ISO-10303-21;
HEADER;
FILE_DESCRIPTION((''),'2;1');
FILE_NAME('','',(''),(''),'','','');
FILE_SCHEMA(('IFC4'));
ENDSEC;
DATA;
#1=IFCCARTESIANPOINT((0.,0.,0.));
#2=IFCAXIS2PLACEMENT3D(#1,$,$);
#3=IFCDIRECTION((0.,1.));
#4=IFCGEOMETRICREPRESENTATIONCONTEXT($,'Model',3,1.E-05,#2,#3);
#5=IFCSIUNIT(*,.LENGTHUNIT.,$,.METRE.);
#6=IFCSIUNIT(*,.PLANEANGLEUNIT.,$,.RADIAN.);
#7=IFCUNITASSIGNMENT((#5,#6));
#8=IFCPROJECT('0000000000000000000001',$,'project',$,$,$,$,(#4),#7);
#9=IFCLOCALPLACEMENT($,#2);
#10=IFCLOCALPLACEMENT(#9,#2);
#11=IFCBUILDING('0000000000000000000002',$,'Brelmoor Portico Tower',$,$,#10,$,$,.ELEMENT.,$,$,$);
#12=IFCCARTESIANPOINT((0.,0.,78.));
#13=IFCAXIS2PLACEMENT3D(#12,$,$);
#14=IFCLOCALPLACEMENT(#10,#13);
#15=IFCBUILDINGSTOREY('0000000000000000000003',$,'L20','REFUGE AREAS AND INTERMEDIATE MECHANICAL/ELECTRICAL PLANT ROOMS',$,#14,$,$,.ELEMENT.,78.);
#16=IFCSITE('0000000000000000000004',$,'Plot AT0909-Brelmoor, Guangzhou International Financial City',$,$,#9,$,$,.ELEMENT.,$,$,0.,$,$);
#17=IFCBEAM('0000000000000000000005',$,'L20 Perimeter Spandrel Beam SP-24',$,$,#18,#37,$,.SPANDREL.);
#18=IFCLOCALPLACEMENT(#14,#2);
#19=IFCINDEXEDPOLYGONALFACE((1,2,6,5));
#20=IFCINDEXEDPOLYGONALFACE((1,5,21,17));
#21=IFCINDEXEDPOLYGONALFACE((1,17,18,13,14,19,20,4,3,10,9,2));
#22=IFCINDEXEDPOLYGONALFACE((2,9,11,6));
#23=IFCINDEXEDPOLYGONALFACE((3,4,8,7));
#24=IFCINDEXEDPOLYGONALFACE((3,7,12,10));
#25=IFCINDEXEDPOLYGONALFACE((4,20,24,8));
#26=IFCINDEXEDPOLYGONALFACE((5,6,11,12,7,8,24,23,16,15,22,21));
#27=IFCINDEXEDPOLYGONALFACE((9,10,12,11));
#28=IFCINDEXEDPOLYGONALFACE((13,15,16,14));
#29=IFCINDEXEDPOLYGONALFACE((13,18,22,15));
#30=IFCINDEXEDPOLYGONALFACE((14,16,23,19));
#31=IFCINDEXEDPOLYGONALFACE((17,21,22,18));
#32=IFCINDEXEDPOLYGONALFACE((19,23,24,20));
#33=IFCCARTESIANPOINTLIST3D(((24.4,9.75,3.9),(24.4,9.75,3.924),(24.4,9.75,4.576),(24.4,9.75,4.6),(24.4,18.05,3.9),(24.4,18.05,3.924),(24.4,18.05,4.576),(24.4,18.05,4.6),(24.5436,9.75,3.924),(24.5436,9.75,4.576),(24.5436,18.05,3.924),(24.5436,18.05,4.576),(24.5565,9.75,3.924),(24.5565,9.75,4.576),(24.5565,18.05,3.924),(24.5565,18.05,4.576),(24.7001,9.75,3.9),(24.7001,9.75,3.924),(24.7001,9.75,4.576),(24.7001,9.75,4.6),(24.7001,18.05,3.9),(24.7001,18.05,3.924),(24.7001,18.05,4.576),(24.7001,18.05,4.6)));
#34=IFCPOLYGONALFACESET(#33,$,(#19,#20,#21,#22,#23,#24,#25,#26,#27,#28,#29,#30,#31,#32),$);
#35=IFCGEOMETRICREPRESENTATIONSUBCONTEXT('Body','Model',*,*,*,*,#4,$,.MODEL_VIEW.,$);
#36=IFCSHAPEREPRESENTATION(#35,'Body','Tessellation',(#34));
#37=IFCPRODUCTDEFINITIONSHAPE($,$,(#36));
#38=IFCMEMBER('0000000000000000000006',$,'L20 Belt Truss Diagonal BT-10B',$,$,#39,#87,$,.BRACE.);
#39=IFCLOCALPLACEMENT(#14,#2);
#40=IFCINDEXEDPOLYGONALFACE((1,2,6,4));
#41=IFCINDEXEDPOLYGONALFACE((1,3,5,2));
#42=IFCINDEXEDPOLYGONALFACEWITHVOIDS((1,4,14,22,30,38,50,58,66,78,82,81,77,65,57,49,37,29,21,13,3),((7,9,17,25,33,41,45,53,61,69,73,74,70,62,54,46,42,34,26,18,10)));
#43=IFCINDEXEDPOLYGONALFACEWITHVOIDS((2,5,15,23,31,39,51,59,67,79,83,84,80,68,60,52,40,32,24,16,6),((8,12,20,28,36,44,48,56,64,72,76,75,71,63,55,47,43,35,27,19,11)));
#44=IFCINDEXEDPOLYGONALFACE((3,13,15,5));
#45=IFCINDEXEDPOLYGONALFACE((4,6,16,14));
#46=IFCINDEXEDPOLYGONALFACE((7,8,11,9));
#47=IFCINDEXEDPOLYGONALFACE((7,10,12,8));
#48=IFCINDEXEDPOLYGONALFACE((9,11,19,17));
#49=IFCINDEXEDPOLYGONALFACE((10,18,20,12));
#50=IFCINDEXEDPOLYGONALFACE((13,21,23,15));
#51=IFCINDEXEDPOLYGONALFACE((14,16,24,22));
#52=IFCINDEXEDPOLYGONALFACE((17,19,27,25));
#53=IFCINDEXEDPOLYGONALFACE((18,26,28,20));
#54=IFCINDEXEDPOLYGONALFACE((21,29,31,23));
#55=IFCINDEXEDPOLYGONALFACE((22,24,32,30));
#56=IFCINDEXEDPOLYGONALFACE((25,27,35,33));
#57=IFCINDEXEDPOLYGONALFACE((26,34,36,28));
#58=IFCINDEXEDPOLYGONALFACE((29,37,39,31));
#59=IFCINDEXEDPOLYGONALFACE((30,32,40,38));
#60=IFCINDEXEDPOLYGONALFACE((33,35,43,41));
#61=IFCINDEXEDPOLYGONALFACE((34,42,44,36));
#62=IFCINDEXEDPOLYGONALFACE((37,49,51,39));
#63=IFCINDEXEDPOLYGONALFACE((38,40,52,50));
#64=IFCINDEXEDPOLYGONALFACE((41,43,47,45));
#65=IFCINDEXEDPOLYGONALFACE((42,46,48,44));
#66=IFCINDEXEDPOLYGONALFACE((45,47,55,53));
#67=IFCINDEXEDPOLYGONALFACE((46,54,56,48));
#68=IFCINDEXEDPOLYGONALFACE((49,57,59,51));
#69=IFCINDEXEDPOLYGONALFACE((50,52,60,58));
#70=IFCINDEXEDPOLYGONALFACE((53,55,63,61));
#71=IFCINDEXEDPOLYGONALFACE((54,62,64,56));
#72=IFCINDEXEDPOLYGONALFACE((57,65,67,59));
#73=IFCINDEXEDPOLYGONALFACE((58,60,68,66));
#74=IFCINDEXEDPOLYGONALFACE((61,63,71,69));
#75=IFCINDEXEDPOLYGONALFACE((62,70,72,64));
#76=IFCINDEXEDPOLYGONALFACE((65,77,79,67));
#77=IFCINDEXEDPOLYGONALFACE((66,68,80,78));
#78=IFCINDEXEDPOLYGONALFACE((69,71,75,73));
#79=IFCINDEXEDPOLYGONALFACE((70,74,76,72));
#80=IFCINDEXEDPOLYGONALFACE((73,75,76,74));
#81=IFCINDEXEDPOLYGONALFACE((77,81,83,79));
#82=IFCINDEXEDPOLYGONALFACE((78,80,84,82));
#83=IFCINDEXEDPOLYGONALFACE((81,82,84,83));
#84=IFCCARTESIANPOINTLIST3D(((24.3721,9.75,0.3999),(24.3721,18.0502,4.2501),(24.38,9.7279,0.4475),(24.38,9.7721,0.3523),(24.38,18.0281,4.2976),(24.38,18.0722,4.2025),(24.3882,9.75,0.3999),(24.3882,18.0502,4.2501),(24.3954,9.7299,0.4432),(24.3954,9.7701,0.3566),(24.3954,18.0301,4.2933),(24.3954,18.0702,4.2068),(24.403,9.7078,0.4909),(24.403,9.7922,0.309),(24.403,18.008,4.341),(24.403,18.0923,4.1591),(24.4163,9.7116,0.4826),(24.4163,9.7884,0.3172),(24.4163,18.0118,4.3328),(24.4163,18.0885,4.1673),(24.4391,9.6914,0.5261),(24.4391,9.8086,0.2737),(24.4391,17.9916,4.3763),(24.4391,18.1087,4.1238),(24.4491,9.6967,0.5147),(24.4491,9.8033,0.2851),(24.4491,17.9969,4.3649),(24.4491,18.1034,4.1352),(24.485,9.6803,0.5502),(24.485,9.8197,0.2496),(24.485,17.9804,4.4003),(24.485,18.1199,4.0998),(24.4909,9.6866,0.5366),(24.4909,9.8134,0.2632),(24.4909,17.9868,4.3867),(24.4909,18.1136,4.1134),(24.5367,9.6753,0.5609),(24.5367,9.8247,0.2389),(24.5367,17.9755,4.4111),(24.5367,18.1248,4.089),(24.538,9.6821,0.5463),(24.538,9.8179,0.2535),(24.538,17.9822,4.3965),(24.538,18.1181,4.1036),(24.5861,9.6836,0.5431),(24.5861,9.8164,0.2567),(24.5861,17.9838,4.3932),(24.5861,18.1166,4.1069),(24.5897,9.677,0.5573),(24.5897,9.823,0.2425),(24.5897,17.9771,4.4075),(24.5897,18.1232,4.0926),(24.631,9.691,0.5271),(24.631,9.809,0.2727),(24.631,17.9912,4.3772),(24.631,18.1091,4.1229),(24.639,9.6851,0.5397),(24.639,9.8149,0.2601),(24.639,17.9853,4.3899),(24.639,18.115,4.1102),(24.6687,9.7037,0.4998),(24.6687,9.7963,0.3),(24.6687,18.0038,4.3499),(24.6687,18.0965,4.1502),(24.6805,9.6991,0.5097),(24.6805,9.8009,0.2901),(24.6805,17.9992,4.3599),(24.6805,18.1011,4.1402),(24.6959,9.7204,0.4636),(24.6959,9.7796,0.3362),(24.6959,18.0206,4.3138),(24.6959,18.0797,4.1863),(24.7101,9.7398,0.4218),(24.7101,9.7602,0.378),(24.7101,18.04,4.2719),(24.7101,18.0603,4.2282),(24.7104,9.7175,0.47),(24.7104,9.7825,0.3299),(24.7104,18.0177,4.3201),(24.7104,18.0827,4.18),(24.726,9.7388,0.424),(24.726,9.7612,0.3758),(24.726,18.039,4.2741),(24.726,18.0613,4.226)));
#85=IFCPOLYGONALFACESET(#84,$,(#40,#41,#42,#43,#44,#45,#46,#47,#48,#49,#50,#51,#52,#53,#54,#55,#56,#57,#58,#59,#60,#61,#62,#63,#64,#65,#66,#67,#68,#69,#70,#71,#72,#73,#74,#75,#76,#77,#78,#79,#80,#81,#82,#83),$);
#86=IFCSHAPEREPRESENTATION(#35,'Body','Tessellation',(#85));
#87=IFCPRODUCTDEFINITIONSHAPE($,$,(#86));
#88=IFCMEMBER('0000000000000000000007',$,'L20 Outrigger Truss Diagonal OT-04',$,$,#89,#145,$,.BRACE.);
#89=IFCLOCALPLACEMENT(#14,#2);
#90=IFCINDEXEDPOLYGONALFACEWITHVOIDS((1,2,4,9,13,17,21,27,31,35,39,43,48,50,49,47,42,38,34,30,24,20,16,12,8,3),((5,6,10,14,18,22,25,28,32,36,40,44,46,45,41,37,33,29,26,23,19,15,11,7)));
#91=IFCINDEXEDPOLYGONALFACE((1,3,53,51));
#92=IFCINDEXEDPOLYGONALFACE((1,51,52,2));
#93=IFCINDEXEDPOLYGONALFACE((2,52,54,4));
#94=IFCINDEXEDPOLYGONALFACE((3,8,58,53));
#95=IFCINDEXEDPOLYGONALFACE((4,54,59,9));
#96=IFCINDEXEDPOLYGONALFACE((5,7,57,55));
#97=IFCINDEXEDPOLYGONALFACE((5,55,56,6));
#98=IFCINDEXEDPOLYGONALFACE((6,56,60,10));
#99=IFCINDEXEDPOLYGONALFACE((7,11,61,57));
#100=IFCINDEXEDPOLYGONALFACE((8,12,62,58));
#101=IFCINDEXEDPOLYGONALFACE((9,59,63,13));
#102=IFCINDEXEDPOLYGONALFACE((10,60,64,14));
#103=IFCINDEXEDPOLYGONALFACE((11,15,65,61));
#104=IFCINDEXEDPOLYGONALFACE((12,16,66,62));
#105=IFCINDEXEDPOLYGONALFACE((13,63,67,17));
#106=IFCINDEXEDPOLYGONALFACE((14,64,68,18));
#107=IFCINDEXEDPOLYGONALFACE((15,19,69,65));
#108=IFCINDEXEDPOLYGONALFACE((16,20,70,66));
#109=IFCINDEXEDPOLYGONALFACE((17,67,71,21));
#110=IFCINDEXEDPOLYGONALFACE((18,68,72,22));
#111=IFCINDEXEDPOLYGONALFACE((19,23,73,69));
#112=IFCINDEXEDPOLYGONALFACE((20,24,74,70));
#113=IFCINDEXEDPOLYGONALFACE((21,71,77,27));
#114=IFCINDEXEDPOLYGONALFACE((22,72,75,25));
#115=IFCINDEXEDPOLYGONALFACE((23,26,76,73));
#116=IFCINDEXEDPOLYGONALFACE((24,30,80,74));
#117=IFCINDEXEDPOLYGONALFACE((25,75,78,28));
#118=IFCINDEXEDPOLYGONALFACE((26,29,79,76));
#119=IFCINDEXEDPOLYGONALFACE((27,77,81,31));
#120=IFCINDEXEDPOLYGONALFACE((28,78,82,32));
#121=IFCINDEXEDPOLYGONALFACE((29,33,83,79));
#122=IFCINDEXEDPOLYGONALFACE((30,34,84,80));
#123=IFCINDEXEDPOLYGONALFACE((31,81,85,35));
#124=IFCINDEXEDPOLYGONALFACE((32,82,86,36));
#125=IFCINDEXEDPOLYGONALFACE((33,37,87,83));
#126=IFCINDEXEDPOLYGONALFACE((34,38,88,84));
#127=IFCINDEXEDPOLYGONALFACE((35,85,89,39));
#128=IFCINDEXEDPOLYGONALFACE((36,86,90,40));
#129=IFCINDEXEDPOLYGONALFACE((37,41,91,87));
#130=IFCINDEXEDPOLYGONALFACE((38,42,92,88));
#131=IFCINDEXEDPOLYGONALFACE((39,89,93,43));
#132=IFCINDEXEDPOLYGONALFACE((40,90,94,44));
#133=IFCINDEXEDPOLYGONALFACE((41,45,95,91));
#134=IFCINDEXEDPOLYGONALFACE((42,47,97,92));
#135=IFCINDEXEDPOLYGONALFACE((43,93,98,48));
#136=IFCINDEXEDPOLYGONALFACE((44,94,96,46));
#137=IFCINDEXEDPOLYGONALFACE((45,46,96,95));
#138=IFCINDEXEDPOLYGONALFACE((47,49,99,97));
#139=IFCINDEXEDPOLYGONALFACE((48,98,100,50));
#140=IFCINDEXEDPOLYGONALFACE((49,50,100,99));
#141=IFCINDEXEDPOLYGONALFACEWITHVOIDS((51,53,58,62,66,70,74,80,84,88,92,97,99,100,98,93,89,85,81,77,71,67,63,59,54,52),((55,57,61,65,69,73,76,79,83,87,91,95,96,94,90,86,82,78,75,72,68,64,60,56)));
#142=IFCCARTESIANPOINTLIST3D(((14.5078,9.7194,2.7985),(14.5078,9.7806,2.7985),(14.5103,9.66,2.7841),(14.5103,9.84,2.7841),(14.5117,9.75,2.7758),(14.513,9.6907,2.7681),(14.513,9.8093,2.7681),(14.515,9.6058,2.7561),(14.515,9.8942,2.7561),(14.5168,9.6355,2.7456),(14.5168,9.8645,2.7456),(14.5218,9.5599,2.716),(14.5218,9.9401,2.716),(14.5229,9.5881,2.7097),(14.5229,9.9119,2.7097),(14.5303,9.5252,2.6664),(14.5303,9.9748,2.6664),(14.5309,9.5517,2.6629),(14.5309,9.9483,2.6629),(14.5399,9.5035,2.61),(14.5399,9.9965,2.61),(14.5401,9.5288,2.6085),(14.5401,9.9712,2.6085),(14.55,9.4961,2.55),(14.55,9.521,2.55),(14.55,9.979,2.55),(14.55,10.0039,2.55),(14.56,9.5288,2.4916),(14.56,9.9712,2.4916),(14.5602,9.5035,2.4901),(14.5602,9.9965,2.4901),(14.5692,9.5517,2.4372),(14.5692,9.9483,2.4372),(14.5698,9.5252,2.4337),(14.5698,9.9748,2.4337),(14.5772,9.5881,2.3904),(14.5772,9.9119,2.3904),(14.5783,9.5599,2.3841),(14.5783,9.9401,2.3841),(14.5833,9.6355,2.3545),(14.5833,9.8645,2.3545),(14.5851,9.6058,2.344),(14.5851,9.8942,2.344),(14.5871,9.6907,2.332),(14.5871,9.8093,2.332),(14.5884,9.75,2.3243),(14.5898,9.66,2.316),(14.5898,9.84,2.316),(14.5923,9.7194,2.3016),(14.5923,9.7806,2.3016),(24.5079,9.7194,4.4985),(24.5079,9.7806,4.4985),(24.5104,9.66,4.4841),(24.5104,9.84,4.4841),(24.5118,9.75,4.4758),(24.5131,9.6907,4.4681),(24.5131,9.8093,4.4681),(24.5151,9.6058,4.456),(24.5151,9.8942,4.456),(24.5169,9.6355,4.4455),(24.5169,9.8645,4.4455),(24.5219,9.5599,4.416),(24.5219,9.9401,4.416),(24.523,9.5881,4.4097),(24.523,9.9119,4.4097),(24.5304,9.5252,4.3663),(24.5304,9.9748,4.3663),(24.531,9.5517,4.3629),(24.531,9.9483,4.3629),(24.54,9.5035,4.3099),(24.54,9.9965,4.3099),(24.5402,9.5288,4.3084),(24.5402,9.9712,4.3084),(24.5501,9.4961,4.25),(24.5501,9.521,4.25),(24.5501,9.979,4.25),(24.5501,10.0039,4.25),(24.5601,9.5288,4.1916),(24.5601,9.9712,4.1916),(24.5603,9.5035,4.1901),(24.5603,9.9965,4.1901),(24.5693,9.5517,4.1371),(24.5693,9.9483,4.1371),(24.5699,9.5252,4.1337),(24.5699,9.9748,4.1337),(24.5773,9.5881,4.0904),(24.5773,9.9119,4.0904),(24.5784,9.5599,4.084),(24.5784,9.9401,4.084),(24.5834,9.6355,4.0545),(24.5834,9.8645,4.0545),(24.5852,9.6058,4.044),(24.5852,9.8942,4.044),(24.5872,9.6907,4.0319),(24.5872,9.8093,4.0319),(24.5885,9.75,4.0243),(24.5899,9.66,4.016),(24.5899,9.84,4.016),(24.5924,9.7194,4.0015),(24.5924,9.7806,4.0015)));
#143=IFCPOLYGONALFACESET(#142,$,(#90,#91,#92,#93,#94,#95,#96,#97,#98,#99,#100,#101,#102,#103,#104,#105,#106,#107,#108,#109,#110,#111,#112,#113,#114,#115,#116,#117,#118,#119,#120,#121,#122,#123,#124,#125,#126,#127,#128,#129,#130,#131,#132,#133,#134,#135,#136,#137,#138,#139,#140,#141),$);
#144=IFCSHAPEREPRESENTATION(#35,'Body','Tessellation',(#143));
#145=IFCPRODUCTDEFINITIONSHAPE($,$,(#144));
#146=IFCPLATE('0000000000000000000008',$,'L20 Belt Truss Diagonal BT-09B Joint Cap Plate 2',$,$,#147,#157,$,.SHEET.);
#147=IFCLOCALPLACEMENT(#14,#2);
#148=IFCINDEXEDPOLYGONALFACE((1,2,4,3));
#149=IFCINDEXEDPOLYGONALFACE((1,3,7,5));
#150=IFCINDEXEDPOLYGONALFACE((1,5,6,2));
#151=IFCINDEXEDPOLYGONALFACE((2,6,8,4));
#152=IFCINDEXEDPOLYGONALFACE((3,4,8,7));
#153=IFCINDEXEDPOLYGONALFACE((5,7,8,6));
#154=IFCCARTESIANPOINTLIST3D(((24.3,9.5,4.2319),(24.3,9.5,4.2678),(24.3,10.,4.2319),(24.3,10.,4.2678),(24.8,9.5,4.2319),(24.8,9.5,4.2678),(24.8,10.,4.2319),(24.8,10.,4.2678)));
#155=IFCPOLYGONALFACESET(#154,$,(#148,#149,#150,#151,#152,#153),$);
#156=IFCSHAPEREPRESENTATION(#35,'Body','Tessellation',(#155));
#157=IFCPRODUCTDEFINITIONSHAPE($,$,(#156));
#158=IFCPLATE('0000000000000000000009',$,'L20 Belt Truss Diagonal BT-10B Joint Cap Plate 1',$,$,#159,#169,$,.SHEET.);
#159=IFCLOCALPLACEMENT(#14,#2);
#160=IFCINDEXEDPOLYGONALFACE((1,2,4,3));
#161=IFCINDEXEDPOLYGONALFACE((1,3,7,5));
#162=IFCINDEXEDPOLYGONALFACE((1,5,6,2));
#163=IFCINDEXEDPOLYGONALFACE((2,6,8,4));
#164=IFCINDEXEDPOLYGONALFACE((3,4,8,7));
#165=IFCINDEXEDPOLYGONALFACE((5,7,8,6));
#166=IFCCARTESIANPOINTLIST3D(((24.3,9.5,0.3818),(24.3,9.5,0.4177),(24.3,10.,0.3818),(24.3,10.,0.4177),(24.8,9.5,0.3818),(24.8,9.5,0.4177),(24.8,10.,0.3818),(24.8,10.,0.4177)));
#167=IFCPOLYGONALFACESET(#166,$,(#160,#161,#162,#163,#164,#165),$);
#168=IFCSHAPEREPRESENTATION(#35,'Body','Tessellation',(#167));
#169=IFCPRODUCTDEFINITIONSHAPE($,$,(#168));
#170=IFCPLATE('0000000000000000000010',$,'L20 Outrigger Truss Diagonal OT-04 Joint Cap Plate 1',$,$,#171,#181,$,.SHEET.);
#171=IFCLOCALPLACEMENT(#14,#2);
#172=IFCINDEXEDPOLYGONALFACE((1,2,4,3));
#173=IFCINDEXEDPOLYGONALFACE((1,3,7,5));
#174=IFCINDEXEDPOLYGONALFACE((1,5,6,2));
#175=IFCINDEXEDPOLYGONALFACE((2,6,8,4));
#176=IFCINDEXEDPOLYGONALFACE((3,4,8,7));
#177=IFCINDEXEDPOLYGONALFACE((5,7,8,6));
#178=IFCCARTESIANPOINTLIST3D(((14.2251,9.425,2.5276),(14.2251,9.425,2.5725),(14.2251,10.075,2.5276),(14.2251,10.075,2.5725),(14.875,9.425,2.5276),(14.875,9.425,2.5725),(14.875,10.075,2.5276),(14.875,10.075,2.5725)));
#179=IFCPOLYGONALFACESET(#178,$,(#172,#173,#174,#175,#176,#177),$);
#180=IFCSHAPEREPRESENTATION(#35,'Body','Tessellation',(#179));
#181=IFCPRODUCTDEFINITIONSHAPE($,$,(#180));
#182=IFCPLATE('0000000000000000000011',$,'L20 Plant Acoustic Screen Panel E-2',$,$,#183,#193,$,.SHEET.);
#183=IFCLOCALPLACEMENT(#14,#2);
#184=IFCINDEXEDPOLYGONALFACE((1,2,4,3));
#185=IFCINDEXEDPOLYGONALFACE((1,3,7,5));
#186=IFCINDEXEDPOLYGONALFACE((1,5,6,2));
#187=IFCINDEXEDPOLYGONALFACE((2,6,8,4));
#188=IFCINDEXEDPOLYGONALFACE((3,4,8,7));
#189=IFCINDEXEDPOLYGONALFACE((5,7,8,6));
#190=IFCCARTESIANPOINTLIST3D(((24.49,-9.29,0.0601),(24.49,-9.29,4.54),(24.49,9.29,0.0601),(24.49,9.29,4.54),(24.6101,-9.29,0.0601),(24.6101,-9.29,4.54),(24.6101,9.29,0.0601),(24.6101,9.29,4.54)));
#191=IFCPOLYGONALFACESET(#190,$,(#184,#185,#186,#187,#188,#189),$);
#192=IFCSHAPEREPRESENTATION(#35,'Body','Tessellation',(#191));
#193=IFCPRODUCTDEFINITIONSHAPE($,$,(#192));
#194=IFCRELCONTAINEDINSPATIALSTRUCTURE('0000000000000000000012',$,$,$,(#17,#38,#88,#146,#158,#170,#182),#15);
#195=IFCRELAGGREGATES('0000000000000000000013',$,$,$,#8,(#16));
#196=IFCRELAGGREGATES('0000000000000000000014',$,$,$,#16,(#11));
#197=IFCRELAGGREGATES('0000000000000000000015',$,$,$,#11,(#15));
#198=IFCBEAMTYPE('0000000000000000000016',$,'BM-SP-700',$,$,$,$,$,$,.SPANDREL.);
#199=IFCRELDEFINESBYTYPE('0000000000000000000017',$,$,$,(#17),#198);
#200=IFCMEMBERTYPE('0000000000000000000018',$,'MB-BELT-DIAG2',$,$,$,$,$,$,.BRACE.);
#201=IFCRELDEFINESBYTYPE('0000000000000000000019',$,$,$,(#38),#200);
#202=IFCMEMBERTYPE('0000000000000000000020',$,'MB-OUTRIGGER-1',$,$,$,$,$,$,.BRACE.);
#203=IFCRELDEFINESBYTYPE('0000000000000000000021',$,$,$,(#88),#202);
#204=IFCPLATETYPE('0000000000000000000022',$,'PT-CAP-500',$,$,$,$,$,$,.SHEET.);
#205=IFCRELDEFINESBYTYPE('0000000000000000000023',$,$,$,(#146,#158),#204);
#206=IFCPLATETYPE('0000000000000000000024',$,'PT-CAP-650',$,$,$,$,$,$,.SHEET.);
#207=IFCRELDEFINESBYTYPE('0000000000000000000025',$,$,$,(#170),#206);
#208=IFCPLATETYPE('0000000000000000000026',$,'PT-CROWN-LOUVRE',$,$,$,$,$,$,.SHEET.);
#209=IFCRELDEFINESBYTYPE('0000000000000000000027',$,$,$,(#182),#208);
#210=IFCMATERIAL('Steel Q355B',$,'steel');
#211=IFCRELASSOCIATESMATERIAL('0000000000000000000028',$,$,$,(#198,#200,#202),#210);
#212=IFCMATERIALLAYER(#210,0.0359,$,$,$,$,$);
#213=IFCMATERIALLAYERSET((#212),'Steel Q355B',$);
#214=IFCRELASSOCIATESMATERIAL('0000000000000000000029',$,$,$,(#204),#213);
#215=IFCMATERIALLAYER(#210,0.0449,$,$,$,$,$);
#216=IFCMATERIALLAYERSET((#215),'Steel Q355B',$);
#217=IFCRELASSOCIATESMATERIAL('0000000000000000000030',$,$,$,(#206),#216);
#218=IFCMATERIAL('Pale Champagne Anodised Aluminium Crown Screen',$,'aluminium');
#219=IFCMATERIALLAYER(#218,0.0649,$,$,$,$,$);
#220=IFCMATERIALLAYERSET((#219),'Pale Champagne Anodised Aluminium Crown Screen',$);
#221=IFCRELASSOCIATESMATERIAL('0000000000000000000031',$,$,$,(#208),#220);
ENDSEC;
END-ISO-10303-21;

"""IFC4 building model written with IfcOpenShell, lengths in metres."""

from ifc_helpers import new_model, si_unit, direction, frame, origin, origin_2d, place, context, subcontext, project, spatial, rectangle, hollow_circle, i_section, extrude, material, layer, layer_set, material_profile, profile_set, type_object, element, save


model = new_model("IFC4")

# Units and contexts
model_context = context("Model", 3, precision=1e-05, world=origin(), true_north=direction((0.0, 1.0)))
body_context = subcontext(model_context, "Body", "Model", "MODEL_VIEW")
ifc_project = project(units=[si_unit("LENGTHUNIT", "METRE"), si_unit("PLANEANGLEUNIT", "RADIAN")], contexts=[model_context])

# Site, building, storey
site_placement = place(None, origin())
site = spatial("IfcSite", under=ifc_project, at=site_placement, Name="Plot AT0909-Brelmoor, Guangzhou International Financial City", CompositionType="ELEMENT", RefElevation=0.0)
building_placement = place(site_placement, origin())
building = spatial("IfcBuilding", under=site, at=building_placement, Name="Brelmoor Portico Tower", CompositionType="ELEMENT")
storey_placement = place(building_placement, frame((0.0, 0.0, 78.0)))
storey = spatial("IfcBuildingStorey", under=building, at=storey_placement, Name="L20", Description="REFUGE AREAS AND INTERMEDIATE MECHANICAL/ELECTRICAL PLANT ROOMS", CompositionType="ELEMENT", Elevation=78.0)

# Shared definitions
ifc_material_1 = material(Name="Steel Q355B", Category="steel")

# Beam
ifc_material_profile_1 = material_profile(ifc_material_1, i_section(OverallWidth=0.3, OverallDepth=0.7, WebThickness=0.0129, FlangeThickness=0.0239, at=origin_2d()), Name="HN 700x300x13x24")
ifc_profile_set_1 = profile_set([ifc_material_profile_1], Name="Steel Q355B")
beam_type_1 = type_object("IfcBeamType", Name="BM-SP-700", PredefinedType="SPANDREL", material=ifc_profile_set_1)
beam_1_placement = place(storey_placement, frame((24.55, 9.75, 4.25), z_axis=(0.0, 1.0, 0.0), x_axis=(-1.0, 0.0, 0.0)))
element("IfcBeam", 1, at=beam_1_placement, inside=storey, type_object=beam_type_1, Name="L20 Perimeter Spandrel Beam SP-24", PredefinedType="SPANDREL", context=body_context, shape_type="SweptSolid", body=[
    extrude(i_section(OverallWidth=0.3, OverallDepth=0.7, WebThickness=0.0129, FlangeThickness=0.0239, at=origin_2d()), origin(), (0.0, 0.0, 1.0), 8.3),
])

# Members
ifc_material_profile_2 = material_profile(ifc_material_1, hollow_circle(Radius=0.178, WallThickness=0.0161, at=origin_2d()), Name="CHS 356x16")
ifc_profile_set_2 = profile_set([ifc_material_profile_2], Name="Steel Q355B")
member_type_1 = type_object("IfcMemberType", Name="MB-BELT-DIAG2", PredefinedType="BRACE", material=ifc_profile_set_2)
member_1_placement = place(storey_placement, frame((24.55, 9.75, 0.3999), z_axis=(0.0, 0.907155, 0.420797), x_axis=(-1.0, 0.0, 0.0)))
element("IfcMember", 2, at=member_1_placement, inside=storey, type_object=member_type_1, Name="L20 Belt Truss Diagonal BT-10B", PredefinedType="BRACE", context=body_context, shape_type="SweptSolid", body=[
    extrude(hollow_circle(Radius=0.178, WallThickness=0.0161, at=origin_2d()), origin(), (0.0, 0.0, 1.0), 9.1497),
])
ifc_material_profile_3 = material_profile(ifc_material_1, hollow_circle(Radius=0.2539, WallThickness=0.0249, at=origin_2d()), Name="CHS 508x25")
ifc_profile_set_3 = profile_set([ifc_material_profile_3], Name="Steel Q355B")
member_type_2 = type_object("IfcMemberType", Name="MB-OUTRIGGER-1", PredefinedType="BRACE", material=ifc_profile_set_3)
member_2_placement = place(storey_placement, frame((14.55, 9.75, 2.55), z_axis=(0.985857, 0.0, 0.167591), x_axis=(0.0, 1.0, 0.0)))
element("IfcMember", 3, at=member_2_placement, inside=storey, type_object=member_type_2, Name="L20 Outrigger Truss Diagonal OT-04", PredefinedType="BRACE", context=body_context, shape_type="SweptSolid", body=[
    extrude(hollow_circle(Radius=0.2539, WallThickness=0.0249, at=origin_2d()), origin(), (0.0, 0.0, 1.0), 10.1436),
])

# Plates
ifc_layer_1 = layer(ifc_material_1, 0.0359)
ifc_layer_set_1 = layer_set([ifc_layer_1], Name="Steel Q355B")
plate_type_1 = type_object("IfcPlateType", Name="PT-CAP-500", PredefinedType="SHEET", material=ifc_layer_set_1)
for number, where, z_axis, x_axis, name in (
    (4, (24.55, 9.75, 4.2319), (0.0, 0.0, 1.0), (1.0, 0.0, 0.0), "L20 Belt Truss Diagonal BT-09B Joint Cap Plate 2"),
    (5, (24.55, 9.75, 0.3818), (0.0, 0.0, 1.0), (1.0, 0.0, 0.0), "L20 Belt Truss Diagonal BT-10B Joint Cap Plate 1"),
):
    element("IfcPlate", number, at=place(storey_placement, frame(where, z_axis=z_axis, x_axis=x_axis)), inside=storey, type_object=plate_type_1, Name=name, PredefinedType="SHEET", context=body_context, shape_type="SweptSolid", body=[
        extrude(rectangle(XDim=0.5, YDim=0.5, at=origin_2d()), origin(), (0.0, 0.0, 1.0), 0.0359),
    ])
ifc_layer_2 = layer(ifc_material_1, 0.0449)
ifc_layer_set_2 = layer_set([ifc_layer_2], Name="Steel Q355B")
plate_type_2 = type_object("IfcPlateType", Name="PT-CAP-650", PredefinedType="SHEET", material=ifc_layer_set_2)
plate_1_placement = place(storey_placement, frame((14.55, 9.75, 2.5276), z_axis=(0.0, 0.0, 1.0), x_axis=(1.0, 0.0, 0.0)))
element("IfcPlate", 6, at=plate_1_placement, inside=storey, type_object=plate_type_2, Name="L20 Outrigger Truss Diagonal OT-04 Joint Cap Plate 1", PredefinedType="SHEET", context=body_context, shape_type="SweptSolid", body=[
    extrude(rectangle(XDim=0.6499, YDim=0.6499, at=origin_2d()), origin(), (0.0, 0.0, 1.0), 0.0449),
])
ifc_material_2 = material(Name="Pale Champagne Anodised Aluminium Crown Screen", Category="aluminium")
ifc_layer_3 = layer(ifc_material_2, 0.0649)
ifc_layer_set_3 = layer_set([ifc_layer_3], Name="Pale Champagne Anodised Aluminium Crown Screen")
plate_type_3 = type_object("IfcPlateType", Name="PT-CROWN-LOUVRE", PredefinedType="SHEET", material=ifc_layer_set_3)
plate_2_placement = place(storey_placement, frame((24.55, 0.0, 0.0601), z_axis=(0.0, 0.0, 1.0), x_axis=(0.0, 1.0, 0.0)))
element("IfcPlate", 7, at=plate_2_placement, inside=storey, type_object=plate_type_3, Name="L20 Plant Acoustic Screen Panel E-2", PredefinedType="SHEET", context=body_context, shape_type="SweptSolid", body=[
    extrude(rectangle(XDim=18.5801, YDim=0.1201, at=origin_2d()), origin(), (0.0, 0.0, 1.0), 4.48),
])

save(model, "model.ifc")
